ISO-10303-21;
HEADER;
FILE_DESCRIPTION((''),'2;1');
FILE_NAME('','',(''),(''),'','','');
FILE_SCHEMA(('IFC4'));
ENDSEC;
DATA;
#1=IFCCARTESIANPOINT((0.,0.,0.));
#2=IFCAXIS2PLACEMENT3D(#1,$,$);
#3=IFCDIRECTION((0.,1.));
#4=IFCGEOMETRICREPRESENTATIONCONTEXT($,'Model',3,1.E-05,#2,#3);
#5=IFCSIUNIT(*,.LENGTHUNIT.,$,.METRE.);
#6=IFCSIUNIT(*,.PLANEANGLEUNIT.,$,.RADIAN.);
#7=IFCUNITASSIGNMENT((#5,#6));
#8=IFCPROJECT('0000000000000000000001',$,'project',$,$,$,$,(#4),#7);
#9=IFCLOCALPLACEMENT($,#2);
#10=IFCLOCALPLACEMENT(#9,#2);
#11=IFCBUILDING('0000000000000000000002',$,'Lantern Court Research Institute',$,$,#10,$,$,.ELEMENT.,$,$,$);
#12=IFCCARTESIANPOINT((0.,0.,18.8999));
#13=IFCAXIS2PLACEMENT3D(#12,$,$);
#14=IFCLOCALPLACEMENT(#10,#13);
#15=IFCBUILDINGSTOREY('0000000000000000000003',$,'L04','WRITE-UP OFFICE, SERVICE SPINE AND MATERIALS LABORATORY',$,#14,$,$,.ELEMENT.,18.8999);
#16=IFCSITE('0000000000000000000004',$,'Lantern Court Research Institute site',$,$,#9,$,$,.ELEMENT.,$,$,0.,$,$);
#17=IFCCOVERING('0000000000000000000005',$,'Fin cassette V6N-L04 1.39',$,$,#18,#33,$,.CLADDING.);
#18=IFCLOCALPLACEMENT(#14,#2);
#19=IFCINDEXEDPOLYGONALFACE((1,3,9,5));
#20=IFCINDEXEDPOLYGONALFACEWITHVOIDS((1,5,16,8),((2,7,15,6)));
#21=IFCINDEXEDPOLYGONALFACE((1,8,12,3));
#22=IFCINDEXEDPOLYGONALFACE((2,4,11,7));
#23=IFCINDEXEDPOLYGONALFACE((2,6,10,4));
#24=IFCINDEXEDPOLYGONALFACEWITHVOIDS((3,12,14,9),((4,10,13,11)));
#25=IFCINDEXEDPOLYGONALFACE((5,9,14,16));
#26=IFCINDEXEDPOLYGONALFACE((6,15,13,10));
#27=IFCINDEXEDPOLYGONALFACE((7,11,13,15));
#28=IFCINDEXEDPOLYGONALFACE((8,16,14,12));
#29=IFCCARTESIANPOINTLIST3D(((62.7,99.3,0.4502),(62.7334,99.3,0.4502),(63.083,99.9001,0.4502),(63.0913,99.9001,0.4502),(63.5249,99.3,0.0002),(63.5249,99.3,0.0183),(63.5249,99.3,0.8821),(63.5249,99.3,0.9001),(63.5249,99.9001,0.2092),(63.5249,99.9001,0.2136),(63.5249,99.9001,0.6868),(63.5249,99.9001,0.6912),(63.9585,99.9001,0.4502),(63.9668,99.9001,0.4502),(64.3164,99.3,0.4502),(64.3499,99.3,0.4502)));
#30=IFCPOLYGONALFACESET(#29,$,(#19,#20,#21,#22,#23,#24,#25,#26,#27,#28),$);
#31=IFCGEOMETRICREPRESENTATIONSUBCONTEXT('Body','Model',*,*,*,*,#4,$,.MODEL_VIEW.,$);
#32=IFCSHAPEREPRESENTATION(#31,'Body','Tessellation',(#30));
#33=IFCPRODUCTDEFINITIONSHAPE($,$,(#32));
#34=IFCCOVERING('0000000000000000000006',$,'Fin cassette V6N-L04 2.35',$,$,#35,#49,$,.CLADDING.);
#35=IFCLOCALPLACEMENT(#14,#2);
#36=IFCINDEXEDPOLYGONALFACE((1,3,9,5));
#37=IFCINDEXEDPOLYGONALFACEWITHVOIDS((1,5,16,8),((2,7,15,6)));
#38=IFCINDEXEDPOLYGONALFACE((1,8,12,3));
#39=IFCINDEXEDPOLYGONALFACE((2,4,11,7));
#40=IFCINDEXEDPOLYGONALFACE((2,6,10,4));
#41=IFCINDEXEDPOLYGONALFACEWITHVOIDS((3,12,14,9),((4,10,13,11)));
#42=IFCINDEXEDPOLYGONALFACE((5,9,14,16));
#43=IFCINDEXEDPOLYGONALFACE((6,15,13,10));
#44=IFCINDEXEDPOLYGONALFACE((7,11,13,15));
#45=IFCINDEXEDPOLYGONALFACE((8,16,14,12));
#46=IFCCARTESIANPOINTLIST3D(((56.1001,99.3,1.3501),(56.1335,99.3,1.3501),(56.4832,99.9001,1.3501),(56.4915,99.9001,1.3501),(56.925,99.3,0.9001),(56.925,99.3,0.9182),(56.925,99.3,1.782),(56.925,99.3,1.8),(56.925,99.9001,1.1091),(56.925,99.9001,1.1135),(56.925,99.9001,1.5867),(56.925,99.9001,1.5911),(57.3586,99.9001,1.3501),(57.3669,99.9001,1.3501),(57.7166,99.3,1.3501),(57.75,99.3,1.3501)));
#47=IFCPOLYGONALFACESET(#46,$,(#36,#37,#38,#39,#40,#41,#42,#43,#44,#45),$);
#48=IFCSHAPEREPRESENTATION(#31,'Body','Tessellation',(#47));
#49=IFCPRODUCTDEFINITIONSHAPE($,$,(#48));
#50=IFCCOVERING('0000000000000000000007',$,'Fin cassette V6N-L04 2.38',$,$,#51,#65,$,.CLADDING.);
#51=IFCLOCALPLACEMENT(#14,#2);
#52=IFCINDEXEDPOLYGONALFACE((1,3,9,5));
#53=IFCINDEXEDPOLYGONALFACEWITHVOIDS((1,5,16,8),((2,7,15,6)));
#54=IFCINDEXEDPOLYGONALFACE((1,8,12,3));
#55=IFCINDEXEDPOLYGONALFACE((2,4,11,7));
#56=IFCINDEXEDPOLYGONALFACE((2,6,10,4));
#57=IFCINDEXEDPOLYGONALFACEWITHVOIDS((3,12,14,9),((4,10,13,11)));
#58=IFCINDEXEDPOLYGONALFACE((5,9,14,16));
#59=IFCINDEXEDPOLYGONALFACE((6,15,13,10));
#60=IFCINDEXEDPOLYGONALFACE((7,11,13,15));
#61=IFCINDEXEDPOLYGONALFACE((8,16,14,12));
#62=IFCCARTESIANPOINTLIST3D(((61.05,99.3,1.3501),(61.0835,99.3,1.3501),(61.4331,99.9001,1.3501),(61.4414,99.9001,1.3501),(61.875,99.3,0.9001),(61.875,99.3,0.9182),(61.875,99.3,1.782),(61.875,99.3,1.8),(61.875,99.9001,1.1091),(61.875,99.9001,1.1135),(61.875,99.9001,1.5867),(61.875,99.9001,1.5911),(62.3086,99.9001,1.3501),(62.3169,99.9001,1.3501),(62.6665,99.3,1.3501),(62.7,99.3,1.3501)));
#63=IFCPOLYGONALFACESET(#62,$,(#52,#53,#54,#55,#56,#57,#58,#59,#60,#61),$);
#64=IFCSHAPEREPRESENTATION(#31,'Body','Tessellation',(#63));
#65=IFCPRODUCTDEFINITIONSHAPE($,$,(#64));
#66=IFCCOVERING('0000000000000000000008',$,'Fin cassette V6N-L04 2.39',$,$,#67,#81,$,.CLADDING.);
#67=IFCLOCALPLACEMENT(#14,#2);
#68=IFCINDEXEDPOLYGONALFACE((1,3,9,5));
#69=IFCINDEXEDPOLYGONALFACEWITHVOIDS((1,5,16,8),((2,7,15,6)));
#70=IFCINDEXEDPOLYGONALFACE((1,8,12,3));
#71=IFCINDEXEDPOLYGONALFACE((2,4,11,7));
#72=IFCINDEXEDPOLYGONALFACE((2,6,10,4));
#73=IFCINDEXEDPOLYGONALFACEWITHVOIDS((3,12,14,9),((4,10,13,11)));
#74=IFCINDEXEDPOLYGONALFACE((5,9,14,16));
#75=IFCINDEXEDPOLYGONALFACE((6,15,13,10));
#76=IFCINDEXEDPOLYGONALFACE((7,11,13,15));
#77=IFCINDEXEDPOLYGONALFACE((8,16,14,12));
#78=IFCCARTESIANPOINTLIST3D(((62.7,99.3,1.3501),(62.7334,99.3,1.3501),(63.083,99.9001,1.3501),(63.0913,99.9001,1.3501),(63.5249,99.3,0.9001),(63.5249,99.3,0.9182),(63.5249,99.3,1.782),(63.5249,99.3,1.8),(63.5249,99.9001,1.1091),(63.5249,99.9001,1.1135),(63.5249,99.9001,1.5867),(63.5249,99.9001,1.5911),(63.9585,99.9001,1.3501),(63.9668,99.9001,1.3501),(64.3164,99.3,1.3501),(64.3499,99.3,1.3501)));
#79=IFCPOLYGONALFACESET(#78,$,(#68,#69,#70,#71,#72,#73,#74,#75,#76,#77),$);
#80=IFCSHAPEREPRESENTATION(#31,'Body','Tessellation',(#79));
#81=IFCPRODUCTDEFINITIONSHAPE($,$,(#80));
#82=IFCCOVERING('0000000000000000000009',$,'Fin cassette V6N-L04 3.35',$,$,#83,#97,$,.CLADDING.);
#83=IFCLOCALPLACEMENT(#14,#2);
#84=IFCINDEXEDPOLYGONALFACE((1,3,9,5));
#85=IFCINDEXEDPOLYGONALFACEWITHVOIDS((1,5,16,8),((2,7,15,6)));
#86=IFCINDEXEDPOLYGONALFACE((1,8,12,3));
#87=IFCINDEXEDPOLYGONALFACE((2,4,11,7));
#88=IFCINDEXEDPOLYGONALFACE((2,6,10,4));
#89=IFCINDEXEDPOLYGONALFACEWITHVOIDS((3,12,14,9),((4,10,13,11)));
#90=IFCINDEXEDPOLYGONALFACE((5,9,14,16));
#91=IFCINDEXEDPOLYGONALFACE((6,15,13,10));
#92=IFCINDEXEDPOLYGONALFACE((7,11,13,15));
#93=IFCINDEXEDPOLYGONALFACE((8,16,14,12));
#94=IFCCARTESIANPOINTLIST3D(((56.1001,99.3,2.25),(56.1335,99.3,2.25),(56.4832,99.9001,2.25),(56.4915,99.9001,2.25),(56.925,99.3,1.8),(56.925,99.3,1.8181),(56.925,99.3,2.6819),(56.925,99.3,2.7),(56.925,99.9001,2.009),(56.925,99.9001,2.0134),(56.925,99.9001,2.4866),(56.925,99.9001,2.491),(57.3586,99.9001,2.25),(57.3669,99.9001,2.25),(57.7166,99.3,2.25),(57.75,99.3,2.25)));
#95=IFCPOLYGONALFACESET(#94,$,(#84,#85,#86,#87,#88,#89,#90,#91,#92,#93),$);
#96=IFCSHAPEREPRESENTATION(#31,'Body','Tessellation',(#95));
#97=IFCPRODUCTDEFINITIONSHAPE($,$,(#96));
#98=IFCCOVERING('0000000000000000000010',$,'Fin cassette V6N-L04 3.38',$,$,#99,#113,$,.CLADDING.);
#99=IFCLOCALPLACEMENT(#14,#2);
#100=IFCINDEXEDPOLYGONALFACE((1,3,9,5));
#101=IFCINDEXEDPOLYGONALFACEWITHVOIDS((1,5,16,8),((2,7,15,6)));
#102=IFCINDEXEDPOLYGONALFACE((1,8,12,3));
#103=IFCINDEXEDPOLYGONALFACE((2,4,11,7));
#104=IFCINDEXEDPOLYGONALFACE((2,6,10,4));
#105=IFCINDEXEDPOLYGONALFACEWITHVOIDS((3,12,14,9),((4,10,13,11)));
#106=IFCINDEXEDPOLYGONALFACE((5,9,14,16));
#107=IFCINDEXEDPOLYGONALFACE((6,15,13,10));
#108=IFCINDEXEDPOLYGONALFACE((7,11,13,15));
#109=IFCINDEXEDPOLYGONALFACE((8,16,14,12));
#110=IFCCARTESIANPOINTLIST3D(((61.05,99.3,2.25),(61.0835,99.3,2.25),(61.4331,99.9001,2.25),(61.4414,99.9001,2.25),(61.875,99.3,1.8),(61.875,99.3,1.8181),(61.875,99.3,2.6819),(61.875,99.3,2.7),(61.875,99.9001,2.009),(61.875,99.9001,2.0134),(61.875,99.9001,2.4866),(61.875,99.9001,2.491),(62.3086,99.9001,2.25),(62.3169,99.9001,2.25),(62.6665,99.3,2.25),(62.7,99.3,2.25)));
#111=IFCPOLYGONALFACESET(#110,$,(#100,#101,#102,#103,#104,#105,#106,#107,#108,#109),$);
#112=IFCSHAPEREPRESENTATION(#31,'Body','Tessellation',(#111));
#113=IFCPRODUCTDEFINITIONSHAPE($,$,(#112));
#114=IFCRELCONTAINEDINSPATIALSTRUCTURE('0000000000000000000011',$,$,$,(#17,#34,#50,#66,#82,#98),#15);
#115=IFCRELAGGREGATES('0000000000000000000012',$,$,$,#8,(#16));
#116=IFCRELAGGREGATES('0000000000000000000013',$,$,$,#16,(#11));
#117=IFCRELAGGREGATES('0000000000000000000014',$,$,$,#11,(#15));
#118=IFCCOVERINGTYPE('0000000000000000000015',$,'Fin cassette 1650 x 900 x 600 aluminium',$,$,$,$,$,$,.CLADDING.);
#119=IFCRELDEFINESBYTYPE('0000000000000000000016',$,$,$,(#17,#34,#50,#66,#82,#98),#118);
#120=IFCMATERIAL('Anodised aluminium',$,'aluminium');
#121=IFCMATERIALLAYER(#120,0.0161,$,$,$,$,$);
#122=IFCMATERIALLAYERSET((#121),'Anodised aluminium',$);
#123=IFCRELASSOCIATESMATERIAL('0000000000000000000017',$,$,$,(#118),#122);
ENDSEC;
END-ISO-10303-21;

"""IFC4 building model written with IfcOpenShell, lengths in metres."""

from ifc_helpers import new_model, entity, si_unit, direction, frame, origin, place, context, subcontext, project, spatial, material, layer, layer_set, type_object, element, save


model = new_model("IFC4")

# Units and contexts
model_context = context("Model", 3, precision=1e-05, world=origin(), true_north=direction((0.0, 1.0)))
body_context = subcontext(model_context, "Body", "Model", "MODEL_VIEW")
ifc_project = project(units=[si_unit("LENGTHUNIT", "METRE"), si_unit("PLANEANGLEUNIT", "RADIAN")], contexts=[model_context])

# Site, building, storey
site_placement = place(None, origin())
site = spatial("IfcSite", under=ifc_project, at=site_placement, Name="Lantern Court Research Institute site", CompositionType="ELEMENT", RefElevation=0.0)
building_placement = place(site_placement, origin())
building = spatial("IfcBuilding", under=site, at=building_placement, Name="Lantern Court Research Institute", CompositionType="ELEMENT")
storey_placement = place(building_placement, frame((0.0, 0.0, 18.8999)))
storey = spatial("IfcBuildingStorey", under=building, at=storey_placement, Name="L04", Description="WRITE-UP OFFICE, SERVICE SPINE AND MATERIALS LABORATORY", CompositionType="ELEMENT", Elevation=18.8999)

# Coverings
ifc_material_1 = material(Name="Anodised aluminium", Category="aluminium")
ifc_layer_1 = layer(ifc_material_1, 0.0161)
ifc_layer_set_1 = layer_set([ifc_layer_1], Name="Anodised aluminium")
covering_type_1 = type_object("IfcCoveringType", Name="Fin cassette 1650 x 900 x 600 aluminium", PredefinedType="CLADDING", material=ifc_layer_set_1)
covering_1_placement = place(storey_placement, frame((63.5249, 99.3, 0.4502), z_axis=(0.0, 1.0, 0.0), x_axis=(-1.0, 0.0, 0.0)))
cartesian_point_1 = entity("IfcCartesianPoint", [0.825, 0.0])
cartesian_point_2 = entity("IfcCartesianPoint", [0.7915, 0.0])
cartesian_point_3 = entity("IfcCartesianPoint", [0.4419, 0.0])
cartesian_point_4 = entity("IfcCartesianPoint", [0.4336, 0.0])
element("IfcCovering", 1, at=covering_1_placement, inside=storey, type_object=covering_type_1, Name="Fin cassette V6N-L04 1.39", PredefinedType="CLADDING", context=body_context, shape_type="SweptSolid", body=[
    entity("IfcExtrudedAreaSolidTapered", entity("IfcArbitraryProfileDefWithVoids", "AREA", None, entity("IfcPolyline", [cartesian_point_1, entity("IfcCartesianPoint", [0.0, 0.45]), entity("IfcCartesianPoint", [-0.825, 0.0]), entity("IfcCartesianPoint", [0.0, -0.45]), cartesian_point_1]), [entity("IfcPolyline", [cartesian_point_2, entity("IfcCartesianPoint", [0.0, 0.4319]), entity("IfcCartesianPoint", [-0.7915, 0.0]), entity("IfcCartesianPoint", [0.0, -0.4319]), cartesian_point_2])]), entity("IfcAxis2Placement3D", entity("IfcCartesianPoint", [0.0, 0.0, 0.0])), entity("IfcDirection", [0.0, 0.0, 1.0]), 0.6001, entity("IfcArbitraryProfileDefWithVoids", "AREA", None, entity("IfcPolyline", [cartesian_point_3, entity("IfcCartesianPoint", [0.0, 0.241]), entity("IfcCartesianPoint", [-0.4419, 0.0]), entity("IfcCartesianPoint", [0.0, -0.241]), cartesian_point_3]), [entity("IfcPolyline", [cartesian_point_4, entity("IfcCartesianPoint", [0.0, 0.2366]), entity("IfcCartesianPoint", [-0.4336, 0.0]), entity("IfcCartesianPoint", [0.0, -0.2366]), cartesian_point_4])])),
])
covering_2_placement = place(storey_placement, frame((56.925, 99.3, 1.3501), z_axis=(0.0, 1.0, 0.0), x_axis=(-1.0, 0.0, 0.0)))
cartesian_point_5 = entity("IfcCartesianPoint", [0.825, 0.0])
cartesian_point_6 = entity("IfcCartesianPoint", [0.7915, 0.0])
cartesian_point_7 = entity("IfcCartesianPoint", [0.4419, 0.0])
cartesian_point_8 = entity("IfcCartesianPoint", [0.4336, 0.0])
element("IfcCovering", 2, at=covering_2_placement, inside=storey, type_object=covering_type_1, Name="Fin cassette V6N-L04 2.35", PredefinedType="CLADDING", context=body_context, shape_type="SweptSolid", body=[
    entity("IfcExtrudedAreaSolidTapered", entity("IfcArbitraryProfileDefWithVoids", "AREA", None, entity("IfcPolyline", [cartesian_point_5, entity("IfcCartesianPoint", [0.0, 0.45]), entity("IfcCartesianPoint", [-0.825, 0.0]), entity("IfcCartesianPoint", [0.0, -0.45]), cartesian_point_5]), [entity("IfcPolyline", [cartesian_point_6, entity("IfcCartesianPoint", [0.0, 0.4319]), entity("IfcCartesianPoint", [-0.7915, 0.0]), entity("IfcCartesianPoint", [0.0, -0.4319]), cartesian_point_6])]), entity("IfcAxis2Placement3D", entity("IfcCartesianPoint", [0.0, 0.0, 0.0])), entity("IfcDirection", [0.0, 0.0, 1.0]), 0.6001, entity("IfcArbitraryProfileDefWithVoids", "AREA", None, entity("IfcPolyline", [cartesian_point_7, entity("IfcCartesianPoint", [0.0, 0.241]), entity("IfcCartesianPoint", [-0.4419, 0.0]), entity("IfcCartesianPoint", [0.0, -0.241]), cartesian_point_7]), [entity("IfcPolyline", [cartesian_point_8, entity("IfcCartesianPoint", [0.0, 0.2366]), entity("IfcCartesianPoint", [-0.4336, 0.0]), entity("IfcCartesianPoint", [0.0, -0.2366]), cartesian_point_8])])),
])
covering_3_placement = place(storey_placement, frame((61.875, 99.3, 1.3501), z_axis=(0.0, 1.0, 0.0), x_axis=(-1.0, 0.0, 0.0)))
cartesian_point_9 = entity("IfcCartesianPoint", [0.825, 0.0])
cartesian_point_10 = entity("IfcCartesianPoint", [0.7915, 0.0])
cartesian_point_11 = entity("IfcCartesianPoint", [0.4419, 0.0])
cartesian_point_12 = entity("IfcCartesianPoint", [0.4336, 0.0])
element("IfcCovering", 3, at=covering_3_placement, inside=storey, type_object=covering_type_1, Name="Fin cassette V6N-L04 2.38", PredefinedType="CLADDING", context=body_context, shape_type="SweptSolid", body=[
    entity("IfcExtrudedAreaSolidTapered", entity("IfcArbitraryProfileDefWithVoids", "AREA", None, entity("IfcPolyline", [cartesian_point_9, entity("IfcCartesianPoint", [0.0, 0.45]), entity("IfcCartesianPoint", [-0.825, 0.0]), entity("IfcCartesianPoint", [0.0, -0.45]), cartesian_point_9]), [entity("IfcPolyline", [cartesian_point_10, entity("IfcCartesianPoint", [0.0, 0.4319]), entity("IfcCartesianPoint", [-0.7915, 0.0]), entity("IfcCartesianPoint", [0.0, -0.4319]), cartesian_point_10])]), entity("IfcAxis2Placement3D", entity("IfcCartesianPoint", [0.0, 0.0, 0.0])), entity("IfcDirection", [0.0, 0.0, 1.0]), 0.6001, entity("IfcArbitraryProfileDefWithVoids", "AREA", None, entity("IfcPolyline", [cartesian_point_11, entity("IfcCartesianPoint", [0.0, 0.241]), entity("IfcCartesianPoint", [-0.4419, 0.0]), entity("IfcCartesianPoint", [0.0, -0.241]), cartesian_point_11]), [entity("IfcPolyline", [cartesian_point_12, entity("IfcCartesianPoint", [0.0, 0.2366]), entity("IfcCartesianPoint", [-0.4336, 0.0]), entity("IfcCartesianPoint", [0.0, -0.2366]), cartesian_point_12])])),
])
covering_4_placement = place(storey_placement, frame((63.5249, 99.3, 1.3501), z_axis=(0.0, 1.0, 0.0), x_axis=(-1.0, 0.0, 0.0)))
cartesian_point_13 = entity("IfcCartesianPoint", [0.825, 0.0])
cartesian_point_14 = entity("IfcCartesianPoint", [0.7915, 0.0])
cartesian_point_15 = entity("IfcCartesianPoint", [0.4419, 0.0])
cartesian_point_16 = entity("IfcCartesianPoint", [0.4336, 0.0])
element("IfcCovering", 4, at=covering_4_placement, inside=storey, type_object=covering_type_1, Name="Fin cassette V6N-L04 2.39", PredefinedType="CLADDING", context=body_context, shape_type="SweptSolid", body=[
    entity("IfcExtrudedAreaSolidTapered", entity("IfcArbitraryProfileDefWithVoids", "AREA", None, entity("IfcPolyline", [cartesian_point_13, entity("IfcCartesianPoint", [0.0, 0.45]), entity("IfcCartesianPoint", [-0.825, 0.0]), entity("IfcCartesianPoint", [0.0, -0.45]), cartesian_point_13]), [entity("IfcPolyline", [cartesian_point_14, entity("IfcCartesianPoint", [0.0, 0.4319]), entity("IfcCartesianPoint", [-0.7915, 0.0]), entity("IfcCartesianPoint", [0.0, -0.4319]), cartesian_point_14])]), entity("IfcAxis2Placement3D", entity("IfcCartesianPoint", [0.0, 0.0, 0.0])), entity("IfcDirection", [0.0, 0.0, 1.0]), 0.6001, entity("IfcArbitraryProfileDefWithVoids", "AREA", None, entity("IfcPolyline", [cartesian_point_15, entity("IfcCartesianPoint", [0.0, 0.241]), entity("IfcCartesianPoint", [-0.4419, 0.0]), entity("IfcCartesianPoint", [0.0, -0.241]), cartesian_point_15]), [entity("IfcPolyline", [cartesian_point_16, entity("IfcCartesianPoint", [0.0, 0.2366]), entity("IfcCartesianPoint", [-0.4336, 0.0]), entity("IfcCartesianPoint", [0.0, -0.2366]), cartesian_point_16])])),
])
covering_5_placement = place(storey_placement, frame((56.925, 99.3, 2.25), z_axis=(0.0, 1.0, 0.0), x_axis=(-1.0, 0.0, 0.0)))
cartesian_point_17 = entity("IfcCartesianPoint", [0.825, 0.0])
cartesian_point_18 = entity("IfcCartesianPoint", [0.7915, 0.0])
cartesian_point_19 = entity("IfcCartesianPoint", [0.4419, 0.0])
cartesian_point_20 = entity("IfcCartesianPoint", [0.4336, 0.0])
element("IfcCovering", 5, at=covering_5_placement, inside=storey, type_object=covering_type_1, Name="Fin cassette V6N-L04 3.35", PredefinedType="CLADDING", context=body_context, shape_type="SweptSolid", body=[
    entity("IfcExtrudedAreaSolidTapered", entity("IfcArbitraryProfileDefWithVoids", "AREA", None, entity("IfcPolyline", [cartesian_point_17, entity("IfcCartesianPoint", [0.0, 0.45]), entity("IfcCartesianPoint", [-0.825, 0.0]), entity("IfcCartesianPoint", [0.0, -0.45]), cartesian_point_17]), [entity("IfcPolyline", [cartesian_point_18, entity("IfcCartesianPoint", [0.0, 0.4319]), entity("IfcCartesianPoint", [-0.7915, 0.0]), entity("IfcCartesianPoint", [0.0, -0.4319]), cartesian_point_18])]), entity("IfcAxis2Placement3D", entity("IfcCartesianPoint", [0.0, 0.0, 0.0])), entity("IfcDirection", [0.0, 0.0, 1.0]), 0.6001, entity("IfcArbitraryProfileDefWithVoids", "AREA", None, entity("IfcPolyline", [cartesian_point_19, entity("IfcCartesianPoint", [0.0, 0.241]), entity("IfcCartesianPoint", [-0.4419, 0.0]), entity("IfcCartesianPoint", [0.0, -0.241]), cartesian_point_19]), [entity("IfcPolyline", [cartesian_point_20, entity("IfcCartesianPoint", [0.0, 0.2366]), entity("IfcCartesianPoint", [-0.4336, 0.0]), entity("IfcCartesianPoint", [0.0, -0.2366]), cartesian_point_20])])),
])
covering_6_placement = place(storey_placement, frame((61.875, 99.3, 2.25), z_axis=(0.0, 1.0, 0.0), x_axis=(-1.0, 0.0, 0.0)))
cartesian_point_21 = entity("IfcCartesianPoint", [0.825, 0.0])
cartesian_point_22 = entity("IfcCartesianPoint", [0.7915, 0.0])
cartesian_point_23 = entity("IfcCartesianPoint", [0.4419, 0.0])
cartesian_point_24 = entity("IfcCartesianPoint", [0.4336, 0.0])
element("IfcCovering", 6, at=covering_6_placement, inside=storey, type_object=covering_type_1, Name="Fin cassette V6N-L04 3.38", PredefinedType="CLADDING", context=body_context, shape_type="SweptSolid", body=[
    entity("IfcExtrudedAreaSolidTapered", entity("IfcArbitraryProfileDefWithVoids", "AREA", None, entity("IfcPolyline", [cartesian_point_21, entity("IfcCartesianPoint", [0.0, 0.45]), entity("IfcCartesianPoint", [-0.825, 0.0]), entity("IfcCartesianPoint", [0.0, -0.45]), cartesian_point_21]), [entity("IfcPolyline", [cartesian_point_22, entity("IfcCartesianPoint", [0.0, 0.4319]), entity("IfcCartesianPoint", [-0.7915, 0.0]), entity("IfcCartesianPoint", [0.0, -0.4319]), cartesian_point_22])]), entity("IfcAxis2Placement3D", entity("IfcCartesianPoint", [0.0, 0.0, 0.0])), entity("IfcDirection", [0.0, 0.0, 1.0]), 0.6001, entity("IfcArbitraryProfileDefWithVoids", "AREA", None, entity("IfcPolyline", [cartesian_point_23, entity("IfcCartesianPoint", [0.0, 0.241]), entity("IfcCartesianPoint", [-0.4419, 0.0]), entity("IfcCartesianPoint", [0.0, -0.241]), cartesian_point_23]), [entity("IfcPolyline", [cartesian_point_24, entity("IfcCartesianPoint", [0.0, 0.2366]), entity("IfcCartesianPoint", [-0.4336, 0.0]), entity("IfcCartesianPoint", [0.0, -0.2366]), cartesian_point_24])])),
])

save(model, "model.ifc")
